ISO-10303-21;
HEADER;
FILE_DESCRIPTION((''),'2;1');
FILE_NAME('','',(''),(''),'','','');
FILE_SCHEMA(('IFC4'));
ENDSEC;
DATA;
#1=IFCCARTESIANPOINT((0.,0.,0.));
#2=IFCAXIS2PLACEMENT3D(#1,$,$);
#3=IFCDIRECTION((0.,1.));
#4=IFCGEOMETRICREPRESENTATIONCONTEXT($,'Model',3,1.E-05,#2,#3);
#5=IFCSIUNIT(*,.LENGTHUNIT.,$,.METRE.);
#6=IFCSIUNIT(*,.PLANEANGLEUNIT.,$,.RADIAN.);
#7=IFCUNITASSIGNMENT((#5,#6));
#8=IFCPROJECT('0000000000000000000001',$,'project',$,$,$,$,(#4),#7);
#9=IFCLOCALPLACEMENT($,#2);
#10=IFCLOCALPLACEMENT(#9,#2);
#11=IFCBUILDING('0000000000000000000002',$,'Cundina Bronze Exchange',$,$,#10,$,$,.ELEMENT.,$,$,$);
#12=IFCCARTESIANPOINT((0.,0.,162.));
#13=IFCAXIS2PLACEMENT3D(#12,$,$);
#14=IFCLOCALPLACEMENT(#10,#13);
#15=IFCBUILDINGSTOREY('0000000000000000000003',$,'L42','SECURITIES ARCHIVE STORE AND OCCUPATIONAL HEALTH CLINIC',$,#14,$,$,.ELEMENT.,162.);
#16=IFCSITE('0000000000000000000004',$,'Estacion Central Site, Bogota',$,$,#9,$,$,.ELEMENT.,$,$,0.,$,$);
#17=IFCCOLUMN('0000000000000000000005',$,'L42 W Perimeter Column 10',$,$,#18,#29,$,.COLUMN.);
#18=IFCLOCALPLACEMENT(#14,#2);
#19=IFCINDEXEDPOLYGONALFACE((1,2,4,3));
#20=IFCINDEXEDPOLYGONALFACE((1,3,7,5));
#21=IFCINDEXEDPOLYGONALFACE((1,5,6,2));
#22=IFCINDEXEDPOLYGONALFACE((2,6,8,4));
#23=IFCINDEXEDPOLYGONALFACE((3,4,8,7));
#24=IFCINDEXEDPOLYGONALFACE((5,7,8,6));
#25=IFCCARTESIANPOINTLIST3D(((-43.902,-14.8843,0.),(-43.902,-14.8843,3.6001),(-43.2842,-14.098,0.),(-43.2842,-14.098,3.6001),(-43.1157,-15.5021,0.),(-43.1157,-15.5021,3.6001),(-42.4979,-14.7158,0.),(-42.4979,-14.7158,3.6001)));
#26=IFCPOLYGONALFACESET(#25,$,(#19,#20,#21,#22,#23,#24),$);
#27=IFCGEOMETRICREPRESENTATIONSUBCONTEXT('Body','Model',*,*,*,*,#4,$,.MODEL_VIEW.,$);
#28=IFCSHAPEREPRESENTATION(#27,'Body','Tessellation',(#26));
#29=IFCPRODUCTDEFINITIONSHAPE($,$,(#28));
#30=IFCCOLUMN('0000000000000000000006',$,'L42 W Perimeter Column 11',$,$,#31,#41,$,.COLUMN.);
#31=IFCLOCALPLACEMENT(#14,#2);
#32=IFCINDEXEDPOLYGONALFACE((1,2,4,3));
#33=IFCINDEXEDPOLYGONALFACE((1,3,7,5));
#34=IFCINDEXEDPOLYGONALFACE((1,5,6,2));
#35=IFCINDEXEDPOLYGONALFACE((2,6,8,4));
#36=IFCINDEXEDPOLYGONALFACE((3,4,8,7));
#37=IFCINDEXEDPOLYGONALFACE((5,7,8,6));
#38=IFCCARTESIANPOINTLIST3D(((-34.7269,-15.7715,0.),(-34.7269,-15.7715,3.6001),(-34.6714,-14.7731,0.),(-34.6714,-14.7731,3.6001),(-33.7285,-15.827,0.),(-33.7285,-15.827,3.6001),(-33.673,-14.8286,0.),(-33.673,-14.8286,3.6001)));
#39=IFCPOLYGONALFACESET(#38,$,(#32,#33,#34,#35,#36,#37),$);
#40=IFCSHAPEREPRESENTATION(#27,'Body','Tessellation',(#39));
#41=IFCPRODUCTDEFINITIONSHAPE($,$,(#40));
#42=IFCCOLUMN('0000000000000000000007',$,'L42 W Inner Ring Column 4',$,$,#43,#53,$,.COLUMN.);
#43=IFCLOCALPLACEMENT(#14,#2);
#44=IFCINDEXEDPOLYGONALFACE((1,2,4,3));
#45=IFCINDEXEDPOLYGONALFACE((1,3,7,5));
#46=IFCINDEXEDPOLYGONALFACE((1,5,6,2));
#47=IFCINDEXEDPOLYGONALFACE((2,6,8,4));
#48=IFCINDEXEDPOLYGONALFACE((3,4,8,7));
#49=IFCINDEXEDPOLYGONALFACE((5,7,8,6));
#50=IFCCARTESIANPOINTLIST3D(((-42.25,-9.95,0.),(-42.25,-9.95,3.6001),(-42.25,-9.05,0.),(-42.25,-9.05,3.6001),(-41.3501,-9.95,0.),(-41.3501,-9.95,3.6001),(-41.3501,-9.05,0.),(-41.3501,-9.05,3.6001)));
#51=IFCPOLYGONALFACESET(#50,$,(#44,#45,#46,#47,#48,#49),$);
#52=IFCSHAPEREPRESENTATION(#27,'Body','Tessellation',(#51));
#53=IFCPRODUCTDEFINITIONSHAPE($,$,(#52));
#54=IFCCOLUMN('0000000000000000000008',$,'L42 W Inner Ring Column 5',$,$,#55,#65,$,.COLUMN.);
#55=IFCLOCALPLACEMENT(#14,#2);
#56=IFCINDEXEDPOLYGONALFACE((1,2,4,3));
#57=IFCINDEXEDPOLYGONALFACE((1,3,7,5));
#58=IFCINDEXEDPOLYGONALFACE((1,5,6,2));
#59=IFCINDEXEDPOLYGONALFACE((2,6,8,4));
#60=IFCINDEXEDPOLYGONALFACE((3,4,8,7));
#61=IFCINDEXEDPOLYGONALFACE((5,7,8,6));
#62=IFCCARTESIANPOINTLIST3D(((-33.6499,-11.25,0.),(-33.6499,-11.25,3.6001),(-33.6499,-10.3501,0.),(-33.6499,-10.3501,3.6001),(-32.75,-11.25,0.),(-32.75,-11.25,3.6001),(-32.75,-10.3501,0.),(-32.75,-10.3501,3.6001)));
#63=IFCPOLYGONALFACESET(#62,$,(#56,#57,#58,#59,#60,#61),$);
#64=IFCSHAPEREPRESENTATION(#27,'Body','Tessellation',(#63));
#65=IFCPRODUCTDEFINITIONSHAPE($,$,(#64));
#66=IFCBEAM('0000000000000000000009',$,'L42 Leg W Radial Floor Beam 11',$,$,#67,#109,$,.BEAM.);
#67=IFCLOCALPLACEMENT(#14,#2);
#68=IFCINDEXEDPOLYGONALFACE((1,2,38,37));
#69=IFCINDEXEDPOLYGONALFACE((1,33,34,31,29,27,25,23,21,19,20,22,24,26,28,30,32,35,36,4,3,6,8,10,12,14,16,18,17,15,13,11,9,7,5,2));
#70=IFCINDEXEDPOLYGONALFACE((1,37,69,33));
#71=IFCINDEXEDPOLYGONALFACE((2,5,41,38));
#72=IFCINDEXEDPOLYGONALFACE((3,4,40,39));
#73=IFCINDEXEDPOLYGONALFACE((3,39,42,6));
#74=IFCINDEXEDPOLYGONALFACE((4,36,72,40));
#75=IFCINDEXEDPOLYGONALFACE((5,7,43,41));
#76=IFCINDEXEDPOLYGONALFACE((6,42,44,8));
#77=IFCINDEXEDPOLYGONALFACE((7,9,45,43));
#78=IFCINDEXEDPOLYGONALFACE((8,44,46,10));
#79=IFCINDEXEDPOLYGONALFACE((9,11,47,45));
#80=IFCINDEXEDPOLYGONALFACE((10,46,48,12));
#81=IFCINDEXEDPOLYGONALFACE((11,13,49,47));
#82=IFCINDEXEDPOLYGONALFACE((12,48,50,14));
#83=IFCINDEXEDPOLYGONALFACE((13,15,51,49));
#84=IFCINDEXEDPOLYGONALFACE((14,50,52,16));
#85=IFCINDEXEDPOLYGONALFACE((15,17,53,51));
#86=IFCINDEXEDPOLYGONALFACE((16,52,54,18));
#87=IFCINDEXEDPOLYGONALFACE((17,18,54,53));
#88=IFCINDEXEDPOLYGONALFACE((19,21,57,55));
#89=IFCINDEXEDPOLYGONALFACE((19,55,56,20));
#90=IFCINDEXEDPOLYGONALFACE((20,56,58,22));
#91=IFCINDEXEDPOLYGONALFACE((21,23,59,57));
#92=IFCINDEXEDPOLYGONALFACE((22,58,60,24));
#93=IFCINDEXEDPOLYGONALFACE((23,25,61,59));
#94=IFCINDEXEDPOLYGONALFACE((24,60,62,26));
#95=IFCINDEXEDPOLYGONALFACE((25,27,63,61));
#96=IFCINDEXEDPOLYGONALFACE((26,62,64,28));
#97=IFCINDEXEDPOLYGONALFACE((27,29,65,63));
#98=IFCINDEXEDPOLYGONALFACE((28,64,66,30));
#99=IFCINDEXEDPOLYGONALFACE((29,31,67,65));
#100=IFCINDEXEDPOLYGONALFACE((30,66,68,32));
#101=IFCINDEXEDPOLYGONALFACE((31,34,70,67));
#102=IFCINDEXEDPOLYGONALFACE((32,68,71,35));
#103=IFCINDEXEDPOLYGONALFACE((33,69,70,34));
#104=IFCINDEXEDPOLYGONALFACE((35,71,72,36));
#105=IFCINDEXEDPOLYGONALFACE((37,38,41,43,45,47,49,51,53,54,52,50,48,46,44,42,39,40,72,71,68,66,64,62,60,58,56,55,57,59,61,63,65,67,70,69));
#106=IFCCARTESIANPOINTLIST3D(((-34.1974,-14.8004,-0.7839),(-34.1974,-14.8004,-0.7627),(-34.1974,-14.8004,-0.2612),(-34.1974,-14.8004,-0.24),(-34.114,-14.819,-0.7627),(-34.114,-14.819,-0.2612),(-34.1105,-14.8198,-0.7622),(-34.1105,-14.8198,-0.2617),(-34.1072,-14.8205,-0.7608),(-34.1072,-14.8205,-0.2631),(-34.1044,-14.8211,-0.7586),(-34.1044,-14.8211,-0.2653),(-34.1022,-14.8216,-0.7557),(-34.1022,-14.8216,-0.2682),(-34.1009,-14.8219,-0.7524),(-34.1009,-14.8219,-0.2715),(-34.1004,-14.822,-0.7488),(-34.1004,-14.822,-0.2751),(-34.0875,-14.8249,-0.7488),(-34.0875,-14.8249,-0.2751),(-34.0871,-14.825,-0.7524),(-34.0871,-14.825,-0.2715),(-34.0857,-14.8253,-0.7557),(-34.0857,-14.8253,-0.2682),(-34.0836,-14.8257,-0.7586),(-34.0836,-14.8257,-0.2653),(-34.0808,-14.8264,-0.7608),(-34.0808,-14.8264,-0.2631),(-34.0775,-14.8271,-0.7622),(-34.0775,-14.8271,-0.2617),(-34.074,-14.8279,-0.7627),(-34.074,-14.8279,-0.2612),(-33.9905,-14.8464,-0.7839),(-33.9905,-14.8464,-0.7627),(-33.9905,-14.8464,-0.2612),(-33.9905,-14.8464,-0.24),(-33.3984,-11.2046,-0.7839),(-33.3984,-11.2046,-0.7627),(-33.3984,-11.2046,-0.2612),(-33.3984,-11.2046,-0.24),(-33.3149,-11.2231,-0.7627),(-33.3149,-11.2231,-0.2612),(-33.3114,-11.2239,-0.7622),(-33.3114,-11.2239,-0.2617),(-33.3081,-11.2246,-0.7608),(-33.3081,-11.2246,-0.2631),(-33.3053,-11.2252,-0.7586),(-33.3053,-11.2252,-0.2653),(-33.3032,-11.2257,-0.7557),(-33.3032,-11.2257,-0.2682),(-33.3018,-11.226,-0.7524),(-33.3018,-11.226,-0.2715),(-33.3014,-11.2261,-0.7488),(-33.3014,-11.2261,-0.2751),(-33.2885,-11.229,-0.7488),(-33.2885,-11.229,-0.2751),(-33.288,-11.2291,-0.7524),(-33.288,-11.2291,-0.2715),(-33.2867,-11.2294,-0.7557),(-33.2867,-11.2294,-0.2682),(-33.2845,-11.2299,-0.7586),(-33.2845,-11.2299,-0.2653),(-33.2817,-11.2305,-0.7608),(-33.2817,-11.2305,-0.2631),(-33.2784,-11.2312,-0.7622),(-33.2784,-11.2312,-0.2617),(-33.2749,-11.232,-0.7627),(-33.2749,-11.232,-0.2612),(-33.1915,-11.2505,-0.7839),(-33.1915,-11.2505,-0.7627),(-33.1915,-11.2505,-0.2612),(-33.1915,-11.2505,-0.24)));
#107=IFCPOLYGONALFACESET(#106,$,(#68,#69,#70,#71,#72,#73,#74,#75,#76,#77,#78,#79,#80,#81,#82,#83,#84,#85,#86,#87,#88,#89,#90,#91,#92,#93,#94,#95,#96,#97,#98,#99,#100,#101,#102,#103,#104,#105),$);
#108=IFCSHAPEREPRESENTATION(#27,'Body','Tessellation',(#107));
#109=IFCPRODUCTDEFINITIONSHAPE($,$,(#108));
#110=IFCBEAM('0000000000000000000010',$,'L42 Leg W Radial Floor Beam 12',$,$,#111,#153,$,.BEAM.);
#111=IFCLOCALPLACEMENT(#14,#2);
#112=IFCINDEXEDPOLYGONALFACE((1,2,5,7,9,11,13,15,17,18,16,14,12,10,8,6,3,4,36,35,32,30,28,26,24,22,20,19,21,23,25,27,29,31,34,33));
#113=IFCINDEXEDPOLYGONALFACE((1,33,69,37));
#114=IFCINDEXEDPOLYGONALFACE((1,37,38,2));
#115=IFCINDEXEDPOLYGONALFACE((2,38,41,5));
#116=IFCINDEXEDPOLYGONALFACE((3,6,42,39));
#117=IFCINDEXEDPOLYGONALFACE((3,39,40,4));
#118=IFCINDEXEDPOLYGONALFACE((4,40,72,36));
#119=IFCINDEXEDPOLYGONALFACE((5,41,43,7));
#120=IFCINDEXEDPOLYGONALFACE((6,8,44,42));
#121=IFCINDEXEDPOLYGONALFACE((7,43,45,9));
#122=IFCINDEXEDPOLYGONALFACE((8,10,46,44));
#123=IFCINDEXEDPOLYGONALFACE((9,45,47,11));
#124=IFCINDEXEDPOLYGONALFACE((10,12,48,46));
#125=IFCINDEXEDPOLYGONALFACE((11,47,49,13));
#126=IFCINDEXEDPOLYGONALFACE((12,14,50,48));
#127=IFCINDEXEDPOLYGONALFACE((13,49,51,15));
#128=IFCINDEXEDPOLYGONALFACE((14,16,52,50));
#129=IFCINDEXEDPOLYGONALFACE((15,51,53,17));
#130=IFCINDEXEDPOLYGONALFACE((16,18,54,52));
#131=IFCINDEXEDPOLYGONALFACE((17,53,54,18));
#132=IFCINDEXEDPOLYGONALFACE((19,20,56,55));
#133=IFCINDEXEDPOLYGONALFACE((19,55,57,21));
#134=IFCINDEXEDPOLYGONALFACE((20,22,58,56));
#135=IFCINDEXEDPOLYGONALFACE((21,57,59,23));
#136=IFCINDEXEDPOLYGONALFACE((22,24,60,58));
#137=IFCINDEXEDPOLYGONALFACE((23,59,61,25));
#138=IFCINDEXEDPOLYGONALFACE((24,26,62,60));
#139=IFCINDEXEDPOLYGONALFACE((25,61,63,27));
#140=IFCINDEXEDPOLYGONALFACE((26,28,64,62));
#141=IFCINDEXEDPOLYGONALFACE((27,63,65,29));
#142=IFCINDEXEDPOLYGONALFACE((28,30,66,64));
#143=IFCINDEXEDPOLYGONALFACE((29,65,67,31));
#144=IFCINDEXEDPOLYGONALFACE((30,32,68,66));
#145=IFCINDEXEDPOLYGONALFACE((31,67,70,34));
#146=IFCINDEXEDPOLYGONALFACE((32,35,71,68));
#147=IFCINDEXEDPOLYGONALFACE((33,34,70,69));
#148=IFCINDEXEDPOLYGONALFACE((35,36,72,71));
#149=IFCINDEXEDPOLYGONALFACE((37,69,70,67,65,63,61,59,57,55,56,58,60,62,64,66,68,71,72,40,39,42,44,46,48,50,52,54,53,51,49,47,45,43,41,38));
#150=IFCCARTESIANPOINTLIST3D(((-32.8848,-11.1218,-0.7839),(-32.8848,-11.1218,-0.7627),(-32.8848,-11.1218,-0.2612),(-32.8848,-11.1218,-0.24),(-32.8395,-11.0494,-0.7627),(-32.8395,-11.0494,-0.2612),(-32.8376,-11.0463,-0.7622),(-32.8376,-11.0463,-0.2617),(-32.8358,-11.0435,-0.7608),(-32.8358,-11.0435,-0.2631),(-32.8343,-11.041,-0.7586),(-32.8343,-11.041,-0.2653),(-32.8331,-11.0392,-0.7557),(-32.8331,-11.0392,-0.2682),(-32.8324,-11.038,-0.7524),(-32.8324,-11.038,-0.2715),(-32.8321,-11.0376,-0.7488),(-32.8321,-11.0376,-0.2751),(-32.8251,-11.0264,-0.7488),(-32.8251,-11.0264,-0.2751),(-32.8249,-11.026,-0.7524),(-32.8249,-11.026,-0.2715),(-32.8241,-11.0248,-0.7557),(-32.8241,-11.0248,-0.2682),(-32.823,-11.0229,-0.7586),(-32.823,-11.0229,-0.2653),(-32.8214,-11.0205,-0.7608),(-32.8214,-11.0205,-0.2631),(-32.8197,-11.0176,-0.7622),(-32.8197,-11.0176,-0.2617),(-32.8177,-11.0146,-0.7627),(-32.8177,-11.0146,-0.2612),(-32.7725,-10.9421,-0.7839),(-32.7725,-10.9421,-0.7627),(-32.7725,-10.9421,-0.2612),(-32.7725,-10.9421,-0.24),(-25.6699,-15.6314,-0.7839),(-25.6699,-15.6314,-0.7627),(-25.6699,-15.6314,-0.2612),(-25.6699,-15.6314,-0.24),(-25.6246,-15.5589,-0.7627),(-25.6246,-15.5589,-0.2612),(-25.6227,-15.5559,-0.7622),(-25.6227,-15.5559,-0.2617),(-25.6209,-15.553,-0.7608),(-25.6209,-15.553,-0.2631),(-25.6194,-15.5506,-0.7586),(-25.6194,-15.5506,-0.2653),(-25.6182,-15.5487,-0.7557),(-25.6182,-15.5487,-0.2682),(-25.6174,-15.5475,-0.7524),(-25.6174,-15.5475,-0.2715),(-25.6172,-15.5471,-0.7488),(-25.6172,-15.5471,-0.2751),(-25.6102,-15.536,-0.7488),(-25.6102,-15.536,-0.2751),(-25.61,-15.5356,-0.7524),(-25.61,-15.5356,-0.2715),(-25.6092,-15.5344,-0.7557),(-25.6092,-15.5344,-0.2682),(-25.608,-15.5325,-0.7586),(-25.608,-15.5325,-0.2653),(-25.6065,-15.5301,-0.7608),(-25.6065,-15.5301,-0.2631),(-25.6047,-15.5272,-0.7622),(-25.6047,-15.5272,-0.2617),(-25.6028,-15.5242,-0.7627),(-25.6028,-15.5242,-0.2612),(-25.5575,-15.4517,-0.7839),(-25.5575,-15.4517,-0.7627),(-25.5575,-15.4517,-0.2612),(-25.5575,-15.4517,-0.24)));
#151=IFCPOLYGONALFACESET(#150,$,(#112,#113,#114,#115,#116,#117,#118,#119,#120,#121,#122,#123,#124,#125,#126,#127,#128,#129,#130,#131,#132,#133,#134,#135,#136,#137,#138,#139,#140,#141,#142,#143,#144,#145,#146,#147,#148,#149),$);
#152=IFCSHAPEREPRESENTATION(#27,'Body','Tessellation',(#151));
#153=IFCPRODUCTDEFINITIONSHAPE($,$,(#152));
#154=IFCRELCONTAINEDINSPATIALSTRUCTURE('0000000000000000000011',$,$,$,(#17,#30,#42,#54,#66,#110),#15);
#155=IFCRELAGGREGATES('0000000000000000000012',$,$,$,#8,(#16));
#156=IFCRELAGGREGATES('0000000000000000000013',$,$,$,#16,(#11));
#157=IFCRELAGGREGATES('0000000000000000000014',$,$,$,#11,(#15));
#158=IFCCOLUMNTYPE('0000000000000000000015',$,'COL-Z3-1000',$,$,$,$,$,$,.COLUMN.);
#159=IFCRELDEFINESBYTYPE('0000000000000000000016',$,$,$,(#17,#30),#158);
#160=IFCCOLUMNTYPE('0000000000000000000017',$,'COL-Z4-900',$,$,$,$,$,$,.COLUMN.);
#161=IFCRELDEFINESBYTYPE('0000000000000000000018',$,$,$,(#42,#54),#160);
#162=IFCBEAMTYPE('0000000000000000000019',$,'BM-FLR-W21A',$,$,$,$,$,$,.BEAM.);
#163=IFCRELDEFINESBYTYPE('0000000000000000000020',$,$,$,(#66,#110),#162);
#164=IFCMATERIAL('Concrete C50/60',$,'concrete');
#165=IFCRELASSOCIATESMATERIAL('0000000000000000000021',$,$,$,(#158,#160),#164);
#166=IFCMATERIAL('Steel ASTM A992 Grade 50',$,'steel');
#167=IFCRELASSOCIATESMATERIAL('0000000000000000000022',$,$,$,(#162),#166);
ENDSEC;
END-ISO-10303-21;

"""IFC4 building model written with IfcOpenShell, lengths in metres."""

from ifc_helpers import new_model, si_unit, direction, frame, origin, origin_2d, place, context, subcontext, project, spatial, rectangle, i_section, extrude, material, material_profile, profile_set, type_object, element, save


model = new_model("IFC4")

# Units and contexts
model_context = context("Model", 3, precision=1e-05, world=origin(), true_north=direction((0.0, 1.0)))
body_context = subcontext(model_context, "Body", "Model", "MODEL_VIEW")
ifc_project = project(units=[si_unit("LENGTHUNIT", "METRE"), si_unit("PLANEANGLEUNIT", "RADIAN")], contexts=[model_context])

# Site, building, storey
site_placement = place(None, origin())
site = spatial("IfcSite", under=ifc_project, at=site_placement, Name="Estacion Central Site, Bogota", CompositionType="ELEMENT", RefElevation=0.0)
building_placement = place(site_placement, origin())
building = spatial("IfcBuilding", under=site, at=building_placement, Name="Cundina Bronze Exchange", CompositionType="ELEMENT")
storey_placement = place(building_placement, frame((0.0, 0.0, 162.0)))
storey = spatial("IfcBuildingStorey", under=building, at=storey_placement, Name="L42", Description="SECURITIES ARCHIVE STORE AND OCCUPATIONAL HEALTH CLINIC", CompositionType="ELEMENT", Elevation=162.0)

# Columns
ifc_material_1 = material(Name="Concrete C50/60", Category="concrete")
ifc_material_profile_1 = material_profile(ifc_material_1, rectangle(XDim=1.0, YDim=1.0, at=origin_2d()), Name="RC1000X1000", Category="concrete")
ifc_profile_set_1 = profile_set([ifc_material_profile_1], Name="Concrete C50/60")
column_type_1 = type_object("IfcColumnType", Name="COL-Z3-1000", PredefinedType="COLUMN", material=ifc_profile_set_1)
for number, where, z_axis, x_axis, name in (
    (1, (-43.2, -14.8, 0.0), (0.0, 0.0, 1.0), (0.786288, -0.61786, 0.0), "L42 W Perimeter Column 10"),
    (2, (-34.2, -15.3, 0.0), (0.0, 0.0, 1.0), (0.99846, -0.055473, 0.0), "L42 W Perimeter Column 11"),
):
    element("IfcColumn", number, at=place(storey_placement, frame(where, z_axis=z_axis, x_axis=x_axis)), inside=storey, type_object=column_type_1, Name=name, PredefinedType="COLUMN", context=body_context, shape_type="SweptSolid", body=[
        extrude(rectangle(XDim=1.0, YDim=1.0, at=origin_2d()), origin(), (0.0, 0.0, 1.0), 3.6001),
    ])
ifc_material_profile_2 = material_profile(ifc_material_1, rectangle(XDim=0.8999, YDim=0.8999, at=origin_2d()), Name="RC900X900", Category="concrete")
ifc_profile_set_2 = profile_set([ifc_material_profile_2], Name="Concrete C50/60")
column_type_2 = type_object("IfcColumnType", Name="COL-Z4-900", PredefinedType="COLUMN", material=ifc_profile_set_2)
for number, where, z_axis, x_axis, name in (
    (3, (-41.8, -9.5, 0.0), (0.0, 0.0, 1.0), (1.0, 0.0, 0.0), "L42 W Inner Ring Column 4"),
    (4, (-33.2, -10.8, 0.0), (0.0, 0.0, 1.0), (1.0, 0.0, 0.0), "L42 W Inner Ring Column 5"),
):
    element("IfcColumn", number, at=place(storey_placement, frame(where, z_axis=z_axis, x_axis=x_axis)), inside=storey, type_object=column_type_2, Name=name, PredefinedType="COLUMN", context=body_context, shape_type="SweptSolid", body=[
        extrude(rectangle(XDim=0.8999, YDim=0.8999, at=origin_2d()), origin(), (0.0, 0.0, 1.0), 3.6001),
    ])

# Beams
ifc_material_2 = material(Name="Steel ASTM A992 Grade 50", Category="steel")
ifc_material_profile_3 = material_profile(ifc_material_2, i_section(OverallWidth=0.2119, OverallDepth=0.5439, WebThickness=0.0132, FlangeThickness=0.0212, FilletRadius=0.0139, at=origin_2d()), Name="W21X83", Category="steel")
ifc_profile_set_3 = profile_set([ifc_material_profile_3], Name="Steel ASTM A992 Grade 50")
beam_type_1 = type_object("IfcBeamType", Name="BM-FLR-W21A", PredefinedType="BEAM", material=ifc_profile_set_3)
beam_1_placement = place(storey_placement, frame((-33.2949, -11.2275, -0.512), z_axis=(-0.216923, -0.976189, 0.0), x_axis=(0.976189, -0.216923, 0.0)))
element("IfcBeam", 5, at=beam_1_placement, inside=storey, type_object=beam_type_1, Name="L42 Leg W Radial Floor Beam 11", PredefinedType="BEAM", context=body_context, shape_type="SweptSolid", body=[
    extrude(i_section(OverallWidth=0.2119, OverallDepth=0.5439, WebThickness=0.0132, FlangeThickness=0.0212, FilletRadius=0.0139, at=origin_2d()), origin(), (0.0, 0.0, 1.0), 3.6836),
])
beam_2_placement = place(storey_placement, frame((-32.8286, -11.032, -0.512), z_axis=(0.847985, -0.53002, 0.0), x_axis=(0.53002, 0.847985, 0.0)))
element("IfcBeam", 6, at=beam_2_placement, inside=storey, type_object=beam_type_1, Name="L42 Leg W Radial Floor Beam 12", PredefinedType="BEAM", context=body_context, shape_type="SweptSolid", body=[
    extrude(i_section(OverallWidth=0.2119, OverallDepth=0.5439, WebThickness=0.0132, FlangeThickness=0.0212, FilletRadius=0.0139, at=origin_2d()), origin(), (0.0, 0.0, 1.0), 8.5083),
])

save(model, "model.ifc")
